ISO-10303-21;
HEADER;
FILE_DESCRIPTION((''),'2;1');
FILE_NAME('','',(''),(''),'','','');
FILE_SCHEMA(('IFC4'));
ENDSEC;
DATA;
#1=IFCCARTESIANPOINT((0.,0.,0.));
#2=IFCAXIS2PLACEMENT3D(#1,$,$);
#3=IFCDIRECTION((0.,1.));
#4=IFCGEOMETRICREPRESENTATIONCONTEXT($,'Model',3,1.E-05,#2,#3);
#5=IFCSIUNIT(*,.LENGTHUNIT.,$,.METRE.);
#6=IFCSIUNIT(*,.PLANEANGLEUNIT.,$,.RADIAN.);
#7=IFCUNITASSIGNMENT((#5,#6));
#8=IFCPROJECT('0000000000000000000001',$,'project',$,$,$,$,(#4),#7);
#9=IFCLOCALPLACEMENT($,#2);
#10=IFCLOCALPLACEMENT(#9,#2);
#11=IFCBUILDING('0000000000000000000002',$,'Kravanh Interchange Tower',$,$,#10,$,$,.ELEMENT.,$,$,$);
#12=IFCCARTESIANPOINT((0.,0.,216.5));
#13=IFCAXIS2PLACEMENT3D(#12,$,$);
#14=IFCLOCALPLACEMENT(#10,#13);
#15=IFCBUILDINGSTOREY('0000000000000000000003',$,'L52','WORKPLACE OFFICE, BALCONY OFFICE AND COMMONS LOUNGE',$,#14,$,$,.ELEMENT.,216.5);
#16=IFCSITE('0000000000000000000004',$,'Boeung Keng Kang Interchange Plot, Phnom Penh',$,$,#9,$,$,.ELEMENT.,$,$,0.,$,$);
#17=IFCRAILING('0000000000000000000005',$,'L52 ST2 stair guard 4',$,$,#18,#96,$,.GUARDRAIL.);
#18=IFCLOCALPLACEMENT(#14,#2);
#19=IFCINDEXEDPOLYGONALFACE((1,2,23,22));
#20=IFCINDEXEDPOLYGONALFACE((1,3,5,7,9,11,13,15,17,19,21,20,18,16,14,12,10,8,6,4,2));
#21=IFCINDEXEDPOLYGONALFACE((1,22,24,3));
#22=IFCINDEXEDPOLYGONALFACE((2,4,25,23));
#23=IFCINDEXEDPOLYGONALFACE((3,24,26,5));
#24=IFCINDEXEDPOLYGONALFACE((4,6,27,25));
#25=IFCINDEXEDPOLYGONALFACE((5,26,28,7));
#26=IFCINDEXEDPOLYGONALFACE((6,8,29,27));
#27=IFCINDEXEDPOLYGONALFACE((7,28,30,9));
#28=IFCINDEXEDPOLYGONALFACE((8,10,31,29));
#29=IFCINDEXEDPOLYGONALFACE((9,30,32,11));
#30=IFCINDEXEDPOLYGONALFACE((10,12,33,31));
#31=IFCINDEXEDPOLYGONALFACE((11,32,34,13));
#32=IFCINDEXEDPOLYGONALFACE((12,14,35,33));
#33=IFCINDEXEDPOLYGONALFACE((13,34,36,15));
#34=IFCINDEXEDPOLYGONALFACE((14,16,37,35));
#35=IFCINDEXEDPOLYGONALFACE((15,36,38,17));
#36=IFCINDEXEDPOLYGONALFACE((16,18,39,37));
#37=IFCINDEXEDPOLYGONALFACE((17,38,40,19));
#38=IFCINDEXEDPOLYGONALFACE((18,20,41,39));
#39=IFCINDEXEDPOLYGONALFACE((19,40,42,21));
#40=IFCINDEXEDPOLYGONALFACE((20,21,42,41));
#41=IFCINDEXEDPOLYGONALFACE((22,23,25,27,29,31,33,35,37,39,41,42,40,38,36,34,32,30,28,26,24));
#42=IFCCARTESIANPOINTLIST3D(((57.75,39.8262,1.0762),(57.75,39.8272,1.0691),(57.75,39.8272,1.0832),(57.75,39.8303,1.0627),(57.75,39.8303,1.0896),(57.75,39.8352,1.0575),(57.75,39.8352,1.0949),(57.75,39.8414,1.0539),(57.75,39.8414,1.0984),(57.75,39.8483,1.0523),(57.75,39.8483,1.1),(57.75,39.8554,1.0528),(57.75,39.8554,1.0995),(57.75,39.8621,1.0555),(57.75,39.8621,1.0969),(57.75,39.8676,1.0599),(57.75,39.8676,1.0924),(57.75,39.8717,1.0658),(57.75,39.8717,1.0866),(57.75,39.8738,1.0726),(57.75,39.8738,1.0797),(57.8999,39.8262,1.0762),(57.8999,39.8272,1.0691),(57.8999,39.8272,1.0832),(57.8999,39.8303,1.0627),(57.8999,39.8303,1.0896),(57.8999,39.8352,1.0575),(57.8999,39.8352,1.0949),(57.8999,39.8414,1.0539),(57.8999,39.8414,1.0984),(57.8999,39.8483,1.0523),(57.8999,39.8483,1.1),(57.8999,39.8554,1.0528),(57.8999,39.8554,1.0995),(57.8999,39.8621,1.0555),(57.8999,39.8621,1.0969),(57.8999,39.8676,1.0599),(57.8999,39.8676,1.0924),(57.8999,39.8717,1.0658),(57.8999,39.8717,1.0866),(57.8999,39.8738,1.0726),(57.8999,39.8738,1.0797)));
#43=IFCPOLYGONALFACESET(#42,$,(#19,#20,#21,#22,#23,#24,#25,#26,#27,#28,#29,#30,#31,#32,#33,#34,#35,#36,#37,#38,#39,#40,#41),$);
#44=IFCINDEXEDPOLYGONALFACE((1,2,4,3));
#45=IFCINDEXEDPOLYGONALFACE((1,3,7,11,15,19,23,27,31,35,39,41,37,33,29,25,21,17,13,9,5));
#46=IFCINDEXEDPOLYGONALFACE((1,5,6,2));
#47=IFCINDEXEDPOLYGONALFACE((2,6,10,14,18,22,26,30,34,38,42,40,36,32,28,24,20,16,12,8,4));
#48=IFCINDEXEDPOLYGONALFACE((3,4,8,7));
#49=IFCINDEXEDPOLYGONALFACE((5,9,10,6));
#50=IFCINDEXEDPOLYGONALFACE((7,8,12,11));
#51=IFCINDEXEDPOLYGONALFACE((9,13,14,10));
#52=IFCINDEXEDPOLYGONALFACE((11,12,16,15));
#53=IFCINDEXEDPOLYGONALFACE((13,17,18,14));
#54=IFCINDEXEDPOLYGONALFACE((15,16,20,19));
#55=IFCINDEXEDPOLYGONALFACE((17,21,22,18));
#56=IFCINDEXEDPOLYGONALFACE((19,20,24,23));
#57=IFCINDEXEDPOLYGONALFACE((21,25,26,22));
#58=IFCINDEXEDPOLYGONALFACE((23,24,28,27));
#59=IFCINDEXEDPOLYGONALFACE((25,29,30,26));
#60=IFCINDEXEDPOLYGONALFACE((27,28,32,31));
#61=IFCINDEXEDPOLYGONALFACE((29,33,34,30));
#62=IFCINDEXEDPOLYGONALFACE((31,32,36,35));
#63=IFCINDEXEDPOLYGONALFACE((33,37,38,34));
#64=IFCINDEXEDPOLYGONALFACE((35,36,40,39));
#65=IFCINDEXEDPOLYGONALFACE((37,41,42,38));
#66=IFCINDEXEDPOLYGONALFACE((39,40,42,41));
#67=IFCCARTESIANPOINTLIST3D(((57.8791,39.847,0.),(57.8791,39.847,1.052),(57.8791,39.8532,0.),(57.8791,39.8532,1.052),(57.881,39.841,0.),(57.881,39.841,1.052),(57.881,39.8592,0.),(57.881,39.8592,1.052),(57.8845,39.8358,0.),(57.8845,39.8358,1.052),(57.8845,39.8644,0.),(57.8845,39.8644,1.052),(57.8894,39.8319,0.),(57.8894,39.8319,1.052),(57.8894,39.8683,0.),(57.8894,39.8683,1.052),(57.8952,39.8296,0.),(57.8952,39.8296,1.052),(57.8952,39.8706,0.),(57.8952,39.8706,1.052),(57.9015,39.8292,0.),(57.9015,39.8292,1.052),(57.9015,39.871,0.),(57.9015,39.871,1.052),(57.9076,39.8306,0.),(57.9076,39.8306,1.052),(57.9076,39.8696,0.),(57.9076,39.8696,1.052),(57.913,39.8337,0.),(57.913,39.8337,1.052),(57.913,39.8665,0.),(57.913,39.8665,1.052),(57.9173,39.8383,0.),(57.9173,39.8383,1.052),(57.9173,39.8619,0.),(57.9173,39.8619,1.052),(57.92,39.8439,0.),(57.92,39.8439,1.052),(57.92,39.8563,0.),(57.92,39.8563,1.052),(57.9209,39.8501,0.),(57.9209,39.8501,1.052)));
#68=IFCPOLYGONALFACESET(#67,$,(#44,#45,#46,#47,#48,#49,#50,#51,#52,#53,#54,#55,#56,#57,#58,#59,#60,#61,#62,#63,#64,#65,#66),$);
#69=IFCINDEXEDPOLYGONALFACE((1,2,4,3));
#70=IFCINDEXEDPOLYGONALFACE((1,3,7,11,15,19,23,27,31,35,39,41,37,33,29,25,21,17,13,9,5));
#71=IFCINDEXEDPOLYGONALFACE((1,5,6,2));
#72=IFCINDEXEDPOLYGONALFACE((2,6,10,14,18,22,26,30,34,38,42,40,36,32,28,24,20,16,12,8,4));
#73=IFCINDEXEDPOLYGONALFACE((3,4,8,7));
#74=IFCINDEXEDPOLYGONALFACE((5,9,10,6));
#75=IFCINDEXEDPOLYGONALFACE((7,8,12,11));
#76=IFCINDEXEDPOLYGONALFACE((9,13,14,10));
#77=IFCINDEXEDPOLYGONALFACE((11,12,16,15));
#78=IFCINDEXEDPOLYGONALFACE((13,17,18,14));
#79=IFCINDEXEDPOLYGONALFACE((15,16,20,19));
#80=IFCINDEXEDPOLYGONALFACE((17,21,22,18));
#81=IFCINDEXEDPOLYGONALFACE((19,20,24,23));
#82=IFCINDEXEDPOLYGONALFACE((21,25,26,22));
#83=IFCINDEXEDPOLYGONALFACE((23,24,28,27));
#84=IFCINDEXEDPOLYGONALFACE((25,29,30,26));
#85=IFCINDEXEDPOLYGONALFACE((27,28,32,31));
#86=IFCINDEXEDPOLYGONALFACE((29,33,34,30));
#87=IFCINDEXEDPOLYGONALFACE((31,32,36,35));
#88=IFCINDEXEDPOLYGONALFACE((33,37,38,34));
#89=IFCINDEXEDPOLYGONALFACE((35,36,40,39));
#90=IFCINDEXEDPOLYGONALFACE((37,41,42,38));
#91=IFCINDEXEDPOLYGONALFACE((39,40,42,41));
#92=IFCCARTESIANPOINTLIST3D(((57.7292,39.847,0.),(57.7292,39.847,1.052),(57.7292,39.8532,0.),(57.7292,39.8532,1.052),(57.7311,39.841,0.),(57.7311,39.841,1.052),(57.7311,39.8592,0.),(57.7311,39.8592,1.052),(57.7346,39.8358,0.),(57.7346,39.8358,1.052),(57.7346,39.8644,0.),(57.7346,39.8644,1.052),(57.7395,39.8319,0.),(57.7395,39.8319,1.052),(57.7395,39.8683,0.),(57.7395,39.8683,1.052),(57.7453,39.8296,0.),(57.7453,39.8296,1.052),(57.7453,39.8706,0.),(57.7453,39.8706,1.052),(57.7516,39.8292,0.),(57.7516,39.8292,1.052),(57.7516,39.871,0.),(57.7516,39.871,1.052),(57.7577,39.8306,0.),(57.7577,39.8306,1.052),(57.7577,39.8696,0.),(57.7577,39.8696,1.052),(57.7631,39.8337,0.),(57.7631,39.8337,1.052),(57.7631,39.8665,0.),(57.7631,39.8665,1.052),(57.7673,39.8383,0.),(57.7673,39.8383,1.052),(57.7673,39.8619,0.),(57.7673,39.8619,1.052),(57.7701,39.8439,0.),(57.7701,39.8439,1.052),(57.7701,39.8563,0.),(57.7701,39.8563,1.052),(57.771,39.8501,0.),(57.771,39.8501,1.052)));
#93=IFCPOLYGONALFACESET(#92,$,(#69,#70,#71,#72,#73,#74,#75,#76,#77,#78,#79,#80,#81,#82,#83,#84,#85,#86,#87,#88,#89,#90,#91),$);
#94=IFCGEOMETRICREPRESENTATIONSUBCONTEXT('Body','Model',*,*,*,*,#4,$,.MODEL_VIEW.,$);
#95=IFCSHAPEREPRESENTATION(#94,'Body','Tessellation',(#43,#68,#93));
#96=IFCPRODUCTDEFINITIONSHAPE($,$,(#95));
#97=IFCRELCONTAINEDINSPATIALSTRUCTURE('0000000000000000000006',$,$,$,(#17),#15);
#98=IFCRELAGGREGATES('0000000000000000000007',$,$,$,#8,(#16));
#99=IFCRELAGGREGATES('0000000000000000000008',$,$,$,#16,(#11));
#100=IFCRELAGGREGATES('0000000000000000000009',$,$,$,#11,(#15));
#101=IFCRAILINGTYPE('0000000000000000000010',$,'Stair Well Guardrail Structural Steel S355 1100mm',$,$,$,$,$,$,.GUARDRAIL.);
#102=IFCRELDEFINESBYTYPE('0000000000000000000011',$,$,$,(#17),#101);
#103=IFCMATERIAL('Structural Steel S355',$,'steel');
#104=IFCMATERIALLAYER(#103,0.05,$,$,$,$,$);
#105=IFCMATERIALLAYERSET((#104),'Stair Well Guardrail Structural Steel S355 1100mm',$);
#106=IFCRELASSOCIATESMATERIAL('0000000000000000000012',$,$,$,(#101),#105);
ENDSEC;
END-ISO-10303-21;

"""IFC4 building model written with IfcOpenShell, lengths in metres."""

from ifc_helpers import new_model, si_unit, direction, frame, origin, origin_2d, place, context, subcontext, project, spatial, circle, extrude, material, layer, layer_set, type_object, element, save


model = new_model("IFC4")

# Units and contexts
model_context = context("Model", 3, precision=1e-05, world=origin(), true_north=direction((0.0, 1.0)))
body_context = subcontext(model_context, "Body", "Model", "MODEL_VIEW")
ifc_project = project(units=[si_unit("LENGTHUNIT", "METRE"), si_unit("PLANEANGLEUNIT", "RADIAN")], contexts=[model_context])

# Site, building, storey
site_placement = place(None, origin())
site = spatial("IfcSite", under=ifc_project, at=site_placement, Name="Boeung Keng Kang Interchange Plot, Phnom Penh", CompositionType="ELEMENT", RefElevation=0.0)
building_placement = place(site_placement, origin())
building = spatial("IfcBuilding", under=site, at=building_placement, Name="Kravanh Interchange Tower", CompositionType="ELEMENT")
storey_placement = place(building_placement, frame((0.0, 0.0, 216.5)))
storey = spatial("IfcBuildingStorey", under=building, at=storey_placement, Name="L52", Description="WORKPLACE OFFICE, BALCONY OFFICE AND COMMONS LOUNGE", CompositionType="ELEMENT", Elevation=216.5)

# Railing
ifc_material_1 = material(Name="Structural Steel S355", Category="steel")
ifc_layer_1 = layer(ifc_material_1, 0.05)
ifc_layer_set_1 = layer_set([ifc_layer_1], Name="Stair Well Guardrail Structural Steel S355 1100mm")
railing_type_1 = type_object("IfcRailingType", Name="Stair Well Guardrail Structural Steel S355 1100mm", PredefinedType="GUARDRAIL", material=ifc_layer_set_1)
railing_1_placement = place(storey_placement, frame((57.8999, 39.8501, 0.0)))
element("IfcRailing", 1, at=railing_1_placement, inside=storey, type_object=railing_type_1, Name="L52 ST2 stair guard 4", PredefinedType="GUARDRAIL", context=body_context, shape_type="SweptSolid", body=[
    extrude(circle(Radius=0.0239, at=origin_2d()), frame((0.0, 0.0, 1.0762), z_axis=(-1.0, 0.0, 0.0), x_axis=(0.0, -1.0, 0.0)), (0.0, 0.0, 1.0), 0.1499),
    extrude(circle(Radius=0.021, at=origin_2d()), origin(), (0.0, 0.0, 1.0), 1.052),
    extrude(circle(Radius=0.021, at=origin_2d()), frame((-0.1499, 0.0, 0.0)), (0.0, 0.0, 1.0), 1.052),
])

save(model, "model.ifc")
